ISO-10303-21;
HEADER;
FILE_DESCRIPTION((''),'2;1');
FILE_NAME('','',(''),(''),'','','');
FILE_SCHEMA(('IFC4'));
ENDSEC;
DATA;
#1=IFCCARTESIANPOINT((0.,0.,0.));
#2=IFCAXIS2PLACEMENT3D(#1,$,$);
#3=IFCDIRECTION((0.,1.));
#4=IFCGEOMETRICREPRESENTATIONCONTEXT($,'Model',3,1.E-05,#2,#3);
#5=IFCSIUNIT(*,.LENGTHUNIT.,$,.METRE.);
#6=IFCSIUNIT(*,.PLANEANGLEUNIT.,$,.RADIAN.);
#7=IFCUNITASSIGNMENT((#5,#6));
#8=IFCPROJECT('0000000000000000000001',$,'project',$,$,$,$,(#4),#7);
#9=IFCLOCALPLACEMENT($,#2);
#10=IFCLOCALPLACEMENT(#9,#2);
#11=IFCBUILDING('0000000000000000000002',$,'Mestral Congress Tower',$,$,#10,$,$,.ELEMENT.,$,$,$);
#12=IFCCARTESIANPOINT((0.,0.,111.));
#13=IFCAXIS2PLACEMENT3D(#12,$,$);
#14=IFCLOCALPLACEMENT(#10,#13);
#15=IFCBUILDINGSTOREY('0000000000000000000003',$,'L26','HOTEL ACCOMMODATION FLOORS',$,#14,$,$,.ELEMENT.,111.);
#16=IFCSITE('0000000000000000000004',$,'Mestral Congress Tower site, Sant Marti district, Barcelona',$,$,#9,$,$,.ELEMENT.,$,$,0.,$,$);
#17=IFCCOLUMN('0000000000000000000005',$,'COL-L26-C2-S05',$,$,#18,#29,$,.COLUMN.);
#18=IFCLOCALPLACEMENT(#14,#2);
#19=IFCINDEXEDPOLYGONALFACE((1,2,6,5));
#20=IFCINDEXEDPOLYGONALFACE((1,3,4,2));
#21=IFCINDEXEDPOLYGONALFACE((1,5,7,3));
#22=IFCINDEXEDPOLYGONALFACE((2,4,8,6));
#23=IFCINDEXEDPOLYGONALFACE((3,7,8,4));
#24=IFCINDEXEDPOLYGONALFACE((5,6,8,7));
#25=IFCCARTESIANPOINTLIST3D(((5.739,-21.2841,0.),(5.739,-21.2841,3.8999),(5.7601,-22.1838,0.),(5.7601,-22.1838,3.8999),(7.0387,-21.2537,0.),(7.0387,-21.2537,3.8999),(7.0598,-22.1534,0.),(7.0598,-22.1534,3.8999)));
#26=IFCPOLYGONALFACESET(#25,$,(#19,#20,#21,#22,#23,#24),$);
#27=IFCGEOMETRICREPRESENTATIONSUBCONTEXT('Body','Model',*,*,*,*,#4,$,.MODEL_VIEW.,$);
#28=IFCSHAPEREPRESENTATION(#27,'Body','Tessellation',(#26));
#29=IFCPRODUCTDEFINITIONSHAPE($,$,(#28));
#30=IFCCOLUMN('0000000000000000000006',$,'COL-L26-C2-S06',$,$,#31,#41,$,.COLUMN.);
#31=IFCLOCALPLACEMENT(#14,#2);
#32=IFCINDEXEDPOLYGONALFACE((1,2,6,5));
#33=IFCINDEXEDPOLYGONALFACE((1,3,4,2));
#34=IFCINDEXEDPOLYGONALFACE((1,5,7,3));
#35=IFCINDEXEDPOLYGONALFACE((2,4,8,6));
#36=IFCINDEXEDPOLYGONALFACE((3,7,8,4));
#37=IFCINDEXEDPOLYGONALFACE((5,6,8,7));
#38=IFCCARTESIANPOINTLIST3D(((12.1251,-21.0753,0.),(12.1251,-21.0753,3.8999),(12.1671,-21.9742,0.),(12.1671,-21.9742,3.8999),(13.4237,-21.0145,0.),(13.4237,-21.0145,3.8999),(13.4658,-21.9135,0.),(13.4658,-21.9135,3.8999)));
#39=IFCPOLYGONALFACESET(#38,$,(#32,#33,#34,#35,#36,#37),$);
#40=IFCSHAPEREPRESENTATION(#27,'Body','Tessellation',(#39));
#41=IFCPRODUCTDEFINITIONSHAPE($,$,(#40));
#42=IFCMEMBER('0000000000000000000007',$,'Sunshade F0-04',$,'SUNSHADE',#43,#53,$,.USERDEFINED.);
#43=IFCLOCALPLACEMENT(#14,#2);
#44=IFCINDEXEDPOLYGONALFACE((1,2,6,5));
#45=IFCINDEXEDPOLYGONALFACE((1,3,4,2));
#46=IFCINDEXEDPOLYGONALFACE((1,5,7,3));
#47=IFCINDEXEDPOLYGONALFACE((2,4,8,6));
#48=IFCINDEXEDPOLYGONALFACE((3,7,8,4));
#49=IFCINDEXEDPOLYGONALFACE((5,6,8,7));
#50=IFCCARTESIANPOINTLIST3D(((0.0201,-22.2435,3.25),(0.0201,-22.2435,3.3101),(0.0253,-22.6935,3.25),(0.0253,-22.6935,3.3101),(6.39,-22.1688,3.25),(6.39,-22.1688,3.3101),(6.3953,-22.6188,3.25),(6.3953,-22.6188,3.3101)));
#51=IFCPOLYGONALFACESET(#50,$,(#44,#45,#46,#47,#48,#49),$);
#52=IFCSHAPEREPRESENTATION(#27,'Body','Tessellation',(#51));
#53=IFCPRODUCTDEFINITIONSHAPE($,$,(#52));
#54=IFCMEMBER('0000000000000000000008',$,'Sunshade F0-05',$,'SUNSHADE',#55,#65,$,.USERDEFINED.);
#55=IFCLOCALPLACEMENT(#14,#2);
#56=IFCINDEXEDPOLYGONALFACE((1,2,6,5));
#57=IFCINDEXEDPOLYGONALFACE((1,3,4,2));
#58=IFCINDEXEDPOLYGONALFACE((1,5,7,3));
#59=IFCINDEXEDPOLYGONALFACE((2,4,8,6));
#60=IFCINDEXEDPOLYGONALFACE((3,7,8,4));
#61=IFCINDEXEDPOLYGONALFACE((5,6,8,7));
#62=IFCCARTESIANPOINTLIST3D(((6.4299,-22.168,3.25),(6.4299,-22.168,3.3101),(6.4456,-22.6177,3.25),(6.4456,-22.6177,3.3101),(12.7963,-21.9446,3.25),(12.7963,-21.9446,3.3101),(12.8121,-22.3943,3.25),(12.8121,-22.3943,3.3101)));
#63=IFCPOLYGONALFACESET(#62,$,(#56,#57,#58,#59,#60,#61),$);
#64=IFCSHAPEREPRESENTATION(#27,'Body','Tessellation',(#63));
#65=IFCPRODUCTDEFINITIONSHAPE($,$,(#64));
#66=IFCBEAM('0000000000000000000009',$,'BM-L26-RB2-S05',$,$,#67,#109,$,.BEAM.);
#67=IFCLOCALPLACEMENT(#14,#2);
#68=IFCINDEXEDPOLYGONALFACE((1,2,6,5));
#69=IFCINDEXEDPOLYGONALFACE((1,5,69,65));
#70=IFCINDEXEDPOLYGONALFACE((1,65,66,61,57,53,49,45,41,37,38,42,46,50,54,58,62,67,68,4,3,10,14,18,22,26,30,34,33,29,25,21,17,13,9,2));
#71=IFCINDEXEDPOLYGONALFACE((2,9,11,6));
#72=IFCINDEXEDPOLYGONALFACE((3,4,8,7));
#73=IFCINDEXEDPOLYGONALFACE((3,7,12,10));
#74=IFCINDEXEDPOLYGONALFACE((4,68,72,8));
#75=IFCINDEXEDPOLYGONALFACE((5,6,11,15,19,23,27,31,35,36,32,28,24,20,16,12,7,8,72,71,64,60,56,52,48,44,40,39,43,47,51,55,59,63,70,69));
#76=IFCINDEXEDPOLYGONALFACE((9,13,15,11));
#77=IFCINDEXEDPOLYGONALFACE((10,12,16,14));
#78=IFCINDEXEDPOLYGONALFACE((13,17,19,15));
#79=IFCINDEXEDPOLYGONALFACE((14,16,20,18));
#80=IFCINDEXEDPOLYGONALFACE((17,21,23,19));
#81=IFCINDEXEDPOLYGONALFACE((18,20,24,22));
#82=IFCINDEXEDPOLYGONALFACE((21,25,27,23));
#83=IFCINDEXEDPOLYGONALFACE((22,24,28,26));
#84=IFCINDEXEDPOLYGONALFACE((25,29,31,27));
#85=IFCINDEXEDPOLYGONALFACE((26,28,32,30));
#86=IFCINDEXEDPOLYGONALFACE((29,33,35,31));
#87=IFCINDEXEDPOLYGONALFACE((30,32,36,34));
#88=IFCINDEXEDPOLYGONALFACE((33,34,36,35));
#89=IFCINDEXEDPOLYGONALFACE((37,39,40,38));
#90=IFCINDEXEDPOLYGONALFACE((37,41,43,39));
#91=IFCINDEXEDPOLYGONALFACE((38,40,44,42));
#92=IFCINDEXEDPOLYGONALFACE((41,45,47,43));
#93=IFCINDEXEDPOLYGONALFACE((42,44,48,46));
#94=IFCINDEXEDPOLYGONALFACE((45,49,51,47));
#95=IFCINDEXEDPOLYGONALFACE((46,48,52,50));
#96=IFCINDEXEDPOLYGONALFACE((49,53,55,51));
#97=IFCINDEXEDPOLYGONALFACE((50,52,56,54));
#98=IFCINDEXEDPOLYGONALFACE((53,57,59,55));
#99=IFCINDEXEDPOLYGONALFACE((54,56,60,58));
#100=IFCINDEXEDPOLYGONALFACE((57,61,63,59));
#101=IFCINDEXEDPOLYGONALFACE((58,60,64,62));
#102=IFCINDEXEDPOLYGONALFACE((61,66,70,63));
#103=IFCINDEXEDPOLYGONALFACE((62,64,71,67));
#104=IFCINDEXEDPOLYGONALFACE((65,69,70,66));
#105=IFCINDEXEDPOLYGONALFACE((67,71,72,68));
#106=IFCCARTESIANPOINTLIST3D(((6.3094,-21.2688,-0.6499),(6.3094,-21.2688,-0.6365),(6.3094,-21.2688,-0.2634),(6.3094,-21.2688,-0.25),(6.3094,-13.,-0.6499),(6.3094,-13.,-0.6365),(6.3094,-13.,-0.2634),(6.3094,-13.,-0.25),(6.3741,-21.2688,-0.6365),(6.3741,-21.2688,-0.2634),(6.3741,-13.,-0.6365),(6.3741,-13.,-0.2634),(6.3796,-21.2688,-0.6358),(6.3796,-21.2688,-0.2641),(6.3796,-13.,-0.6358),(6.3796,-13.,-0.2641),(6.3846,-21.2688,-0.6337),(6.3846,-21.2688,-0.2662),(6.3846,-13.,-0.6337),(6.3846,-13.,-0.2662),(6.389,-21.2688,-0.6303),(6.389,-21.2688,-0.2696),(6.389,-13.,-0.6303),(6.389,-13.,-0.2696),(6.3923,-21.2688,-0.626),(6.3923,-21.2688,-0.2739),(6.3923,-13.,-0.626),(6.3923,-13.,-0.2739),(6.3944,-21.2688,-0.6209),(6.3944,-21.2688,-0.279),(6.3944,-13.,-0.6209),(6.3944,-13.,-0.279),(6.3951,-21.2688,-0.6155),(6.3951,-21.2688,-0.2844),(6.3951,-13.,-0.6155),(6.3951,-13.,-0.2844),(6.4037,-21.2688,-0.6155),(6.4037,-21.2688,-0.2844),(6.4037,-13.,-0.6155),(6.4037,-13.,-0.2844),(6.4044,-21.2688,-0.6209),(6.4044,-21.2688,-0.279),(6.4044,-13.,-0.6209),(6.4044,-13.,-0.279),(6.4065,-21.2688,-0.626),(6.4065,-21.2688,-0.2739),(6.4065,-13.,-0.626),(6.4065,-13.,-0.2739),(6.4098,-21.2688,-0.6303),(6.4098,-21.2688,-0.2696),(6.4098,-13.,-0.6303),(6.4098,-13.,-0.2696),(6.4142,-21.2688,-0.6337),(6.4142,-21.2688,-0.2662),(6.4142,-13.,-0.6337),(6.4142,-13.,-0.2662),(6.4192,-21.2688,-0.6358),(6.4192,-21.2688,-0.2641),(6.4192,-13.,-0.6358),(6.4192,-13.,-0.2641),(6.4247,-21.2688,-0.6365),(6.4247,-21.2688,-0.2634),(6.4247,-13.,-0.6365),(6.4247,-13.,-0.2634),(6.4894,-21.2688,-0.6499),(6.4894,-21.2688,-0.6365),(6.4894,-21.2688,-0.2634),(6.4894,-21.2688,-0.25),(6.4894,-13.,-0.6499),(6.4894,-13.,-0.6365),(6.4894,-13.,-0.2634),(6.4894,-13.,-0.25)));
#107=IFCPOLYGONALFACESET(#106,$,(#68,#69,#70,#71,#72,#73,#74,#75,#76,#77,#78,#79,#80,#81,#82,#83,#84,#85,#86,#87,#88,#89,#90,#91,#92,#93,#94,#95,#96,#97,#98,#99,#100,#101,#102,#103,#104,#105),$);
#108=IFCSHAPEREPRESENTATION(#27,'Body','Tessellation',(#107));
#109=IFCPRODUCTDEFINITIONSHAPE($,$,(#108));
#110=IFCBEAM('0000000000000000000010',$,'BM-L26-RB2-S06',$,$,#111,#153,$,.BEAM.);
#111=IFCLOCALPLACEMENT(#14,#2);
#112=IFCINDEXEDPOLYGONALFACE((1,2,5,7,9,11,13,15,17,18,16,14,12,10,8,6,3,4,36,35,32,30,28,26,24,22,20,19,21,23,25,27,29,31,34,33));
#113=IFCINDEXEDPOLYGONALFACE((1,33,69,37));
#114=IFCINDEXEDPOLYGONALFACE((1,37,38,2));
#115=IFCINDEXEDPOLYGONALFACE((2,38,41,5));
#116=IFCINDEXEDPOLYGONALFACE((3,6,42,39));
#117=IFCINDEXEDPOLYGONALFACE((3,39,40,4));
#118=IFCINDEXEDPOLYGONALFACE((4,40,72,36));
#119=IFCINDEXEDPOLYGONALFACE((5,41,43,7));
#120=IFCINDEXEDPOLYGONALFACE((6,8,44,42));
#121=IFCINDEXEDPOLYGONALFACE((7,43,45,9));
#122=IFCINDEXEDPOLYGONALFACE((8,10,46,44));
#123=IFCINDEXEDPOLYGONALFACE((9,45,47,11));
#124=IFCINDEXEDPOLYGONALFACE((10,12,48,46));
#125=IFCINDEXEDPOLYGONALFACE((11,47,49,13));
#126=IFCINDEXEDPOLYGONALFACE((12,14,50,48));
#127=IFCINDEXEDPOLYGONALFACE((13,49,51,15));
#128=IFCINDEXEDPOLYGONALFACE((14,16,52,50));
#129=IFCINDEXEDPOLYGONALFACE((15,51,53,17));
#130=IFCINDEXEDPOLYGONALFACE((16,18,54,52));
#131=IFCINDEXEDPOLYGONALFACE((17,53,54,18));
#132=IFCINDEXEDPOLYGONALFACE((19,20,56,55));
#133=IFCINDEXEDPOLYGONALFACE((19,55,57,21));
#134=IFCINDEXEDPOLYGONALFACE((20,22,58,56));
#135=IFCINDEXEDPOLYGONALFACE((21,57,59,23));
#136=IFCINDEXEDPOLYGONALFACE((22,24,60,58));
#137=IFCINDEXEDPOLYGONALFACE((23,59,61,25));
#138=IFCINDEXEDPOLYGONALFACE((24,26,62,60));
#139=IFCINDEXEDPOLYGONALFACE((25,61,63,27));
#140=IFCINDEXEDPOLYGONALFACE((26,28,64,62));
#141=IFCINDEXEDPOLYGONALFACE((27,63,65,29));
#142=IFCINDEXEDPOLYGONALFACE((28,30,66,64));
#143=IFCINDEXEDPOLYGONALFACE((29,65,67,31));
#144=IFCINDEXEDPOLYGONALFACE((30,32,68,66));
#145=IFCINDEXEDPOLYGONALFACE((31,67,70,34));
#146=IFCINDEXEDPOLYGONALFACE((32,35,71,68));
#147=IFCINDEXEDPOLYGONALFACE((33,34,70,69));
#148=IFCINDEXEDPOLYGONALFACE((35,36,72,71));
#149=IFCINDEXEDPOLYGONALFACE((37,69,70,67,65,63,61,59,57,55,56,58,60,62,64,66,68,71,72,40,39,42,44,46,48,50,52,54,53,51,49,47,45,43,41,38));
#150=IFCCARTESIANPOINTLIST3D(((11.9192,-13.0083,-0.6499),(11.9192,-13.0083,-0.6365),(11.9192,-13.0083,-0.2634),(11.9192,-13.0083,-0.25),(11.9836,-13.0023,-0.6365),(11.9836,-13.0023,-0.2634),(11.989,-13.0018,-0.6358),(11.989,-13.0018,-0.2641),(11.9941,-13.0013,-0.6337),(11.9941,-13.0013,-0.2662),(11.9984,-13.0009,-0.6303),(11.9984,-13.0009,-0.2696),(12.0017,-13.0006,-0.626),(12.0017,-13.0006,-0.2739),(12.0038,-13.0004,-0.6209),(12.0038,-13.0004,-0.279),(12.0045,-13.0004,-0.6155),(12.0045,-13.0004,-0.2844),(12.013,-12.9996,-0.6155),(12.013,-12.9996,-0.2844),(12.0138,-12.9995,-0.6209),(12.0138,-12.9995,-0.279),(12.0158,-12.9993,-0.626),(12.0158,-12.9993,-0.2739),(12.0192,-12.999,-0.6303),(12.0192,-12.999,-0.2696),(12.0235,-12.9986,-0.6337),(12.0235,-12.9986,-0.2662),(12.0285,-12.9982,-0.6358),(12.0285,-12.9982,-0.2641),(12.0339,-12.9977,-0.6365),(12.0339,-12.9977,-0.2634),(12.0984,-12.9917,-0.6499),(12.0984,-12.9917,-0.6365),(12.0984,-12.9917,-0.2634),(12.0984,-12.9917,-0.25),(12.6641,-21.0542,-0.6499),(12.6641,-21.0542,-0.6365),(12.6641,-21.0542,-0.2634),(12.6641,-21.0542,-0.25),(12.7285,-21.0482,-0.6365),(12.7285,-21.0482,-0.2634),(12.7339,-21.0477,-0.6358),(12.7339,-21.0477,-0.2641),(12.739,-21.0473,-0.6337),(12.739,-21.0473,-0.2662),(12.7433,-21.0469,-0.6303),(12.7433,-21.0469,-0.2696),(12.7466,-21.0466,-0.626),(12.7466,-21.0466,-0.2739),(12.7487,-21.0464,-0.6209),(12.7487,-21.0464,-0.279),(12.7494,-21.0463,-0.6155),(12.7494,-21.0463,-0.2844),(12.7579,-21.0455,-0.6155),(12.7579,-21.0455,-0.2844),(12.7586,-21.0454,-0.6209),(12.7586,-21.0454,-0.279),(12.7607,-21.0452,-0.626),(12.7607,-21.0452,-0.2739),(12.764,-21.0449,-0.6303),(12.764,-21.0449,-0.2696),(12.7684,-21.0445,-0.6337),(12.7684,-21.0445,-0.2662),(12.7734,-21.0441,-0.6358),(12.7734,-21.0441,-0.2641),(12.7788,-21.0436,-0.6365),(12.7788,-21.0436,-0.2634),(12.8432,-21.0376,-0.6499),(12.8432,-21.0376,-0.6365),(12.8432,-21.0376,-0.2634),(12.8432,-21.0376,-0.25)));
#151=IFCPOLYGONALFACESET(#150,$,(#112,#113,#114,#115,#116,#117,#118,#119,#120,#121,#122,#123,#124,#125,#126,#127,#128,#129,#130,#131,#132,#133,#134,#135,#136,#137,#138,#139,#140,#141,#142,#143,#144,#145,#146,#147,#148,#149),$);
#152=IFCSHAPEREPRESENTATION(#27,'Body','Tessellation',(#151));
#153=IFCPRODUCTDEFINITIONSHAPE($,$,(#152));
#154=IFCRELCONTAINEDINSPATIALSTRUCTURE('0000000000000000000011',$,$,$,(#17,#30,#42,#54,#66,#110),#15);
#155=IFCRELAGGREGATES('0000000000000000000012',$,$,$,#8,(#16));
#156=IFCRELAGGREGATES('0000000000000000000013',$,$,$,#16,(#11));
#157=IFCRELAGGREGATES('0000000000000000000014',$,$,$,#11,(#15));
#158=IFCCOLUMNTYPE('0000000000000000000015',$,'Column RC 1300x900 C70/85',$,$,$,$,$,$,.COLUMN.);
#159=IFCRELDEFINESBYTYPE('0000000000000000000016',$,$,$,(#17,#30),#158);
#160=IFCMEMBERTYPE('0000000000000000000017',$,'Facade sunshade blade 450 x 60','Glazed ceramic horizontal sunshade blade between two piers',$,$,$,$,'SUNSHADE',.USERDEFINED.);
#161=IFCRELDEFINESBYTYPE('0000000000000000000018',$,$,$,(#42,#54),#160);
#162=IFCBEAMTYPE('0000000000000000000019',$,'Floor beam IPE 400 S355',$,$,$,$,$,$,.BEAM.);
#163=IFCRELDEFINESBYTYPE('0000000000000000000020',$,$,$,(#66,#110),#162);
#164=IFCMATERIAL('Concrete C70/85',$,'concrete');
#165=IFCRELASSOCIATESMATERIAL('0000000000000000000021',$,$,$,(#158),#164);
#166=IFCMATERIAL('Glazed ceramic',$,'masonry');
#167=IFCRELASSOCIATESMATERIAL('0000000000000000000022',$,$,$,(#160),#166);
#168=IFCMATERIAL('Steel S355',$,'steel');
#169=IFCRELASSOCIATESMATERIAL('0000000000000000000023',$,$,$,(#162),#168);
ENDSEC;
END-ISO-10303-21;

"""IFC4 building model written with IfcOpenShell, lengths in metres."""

from ifc_helpers import new_model, si_unit, direction, frame, origin, origin_2d, place, context, subcontext, project, spatial, rectangle, i_section, extrude, material, material_profile, profile_set, type_object, element, save


model = new_model("IFC4")

# Units and contexts
model_context = context("Model", 3, precision=1e-05, world=origin(), true_north=direction((0.0, 1.0)))
body_context = subcontext(model_context, "Body", "Model", "MODEL_VIEW")
ifc_project = project(units=[si_unit("LENGTHUNIT", "METRE"), si_unit("PLANEANGLEUNIT", "RADIAN")], contexts=[model_context])

# Site, building, storey
site_placement = place(None, origin())
site = spatial("IfcSite", under=ifc_project, at=site_placement, Name="Mestral Congress Tower site, Sant Marti district, Barcelona", CompositionType="ELEMENT", RefElevation=0.0)
building_placement = place(site_placement, origin())
building = spatial("IfcBuilding", under=site, at=building_placement, Name="Mestral Congress Tower", CompositionType="ELEMENT")
storey_placement = place(building_placement, frame((0.0, 0.0, 111.0)))
storey = spatial("IfcBuildingStorey", under=building, at=storey_placement, Name="L26", Description="HOTEL ACCOMMODATION FLOORS", CompositionType="ELEMENT", Elevation=111.0)

# Columns
ifc_material_1 = material(Name="Concrete C70/85", Category="concrete")
ifc_material_profile_1 = material_profile(ifc_material_1, rectangle(XDim=1.3, YDim=0.8999, at=origin_2d()), Name="RC 1300x900")
ifc_profile_set_1 = profile_set([ifc_material_profile_1], Name="Concrete C70/85")
column_type = type_object("IfcColumnType", Name="Column RC 1300x900 C70/85", PredefinedType="COLUMN", material=ifc_profile_set_1)
for number, where, z_axis, x_axis, name in (
    (1, (6.3994, -21.7188, 0.0), (0.0, 0.0, 1.0), (0.999727, 0.023384, 0.0), "COL-L26-C2-S05"),
    (2, (12.7954, -21.4944, 0.0), (0.0, 0.0, 1.0), (0.998906, 0.046756, 0.0), "COL-L26-C2-S06"),
):
    element("IfcColumn", number, at=place(storey_placement, frame(where, z_axis=z_axis, x_axis=x_axis)), inside=storey, type_object=column_type, Name=name, PredefinedType="COLUMN", context=body_context, shape_type="SweptSolid", body=[
        extrude(rectangle(XDim=1.3, YDim=0.8999, at=origin_2d()), origin(), (0.0, 0.0, 1.0), 3.8999),
    ])

# Members
ifc_material_2 = material(Name="Glazed ceramic", Category="masonry")
ifc_material_profile_2 = material_profile(ifc_material_2, rectangle(XDim=0.45, YDim=0.0601, at=origin_2d()), Name="Ceramic blade 450 x 60")
ifc_profile_set_2 = profile_set([ifc_material_profile_2], Name="Glazed ceramic")
member_type = type_object("IfcMemberType", Name="Facade sunshade blade 450 x 60", Description="Glazed ceramic horizontal sunshade blade between two piers", ElementType="SUNSHADE", PredefinedType="USERDEFINED", material=ifc_profile_set_2)
for number, where, z_axis, x_axis, name in (
    (3, (0.0227, -22.4685, 3.28), (0.999931, 0.011727, 0.0), (-0.011727, 0.999931, 0.0), "Sunshade F0-04"),
    (4, (6.4377, -22.3928, 3.28), (0.999385, 0.035067, 0.0), (-0.035067, 0.999385, 0.0), "Sunshade F0-05"),
):
    element("IfcMember", number, at=place(storey_placement, frame(where, z_axis=z_axis, x_axis=x_axis)), inside=storey, type_object=member_type, Name=name, ObjectType="SUNSHADE", PredefinedType="USERDEFINED", context=body_context, shape_type="SweptSolid", body=[
        extrude(rectangle(XDim=0.45, YDim=0.0601, at=origin_2d()), origin(), (0.0, 0.0, 1.0), 6.3704),
    ])

# Beams
ifc_material_3 = material(Name="Steel S355", Category="steel")
ifc_material_profile_3 = material_profile(ifc_material_3, i_section(OverallWidth=0.1799, OverallDepth=0.3999, WebThickness=0.0085, FlangeThickness=0.0134, FilletRadius=0.021, at=origin_2d()), Name="IPE 400")
ifc_profile_set_3 = profile_set([ifc_material_profile_3], Name="Steel S355")
beam_type_1 = type_object("IfcBeamType", Name="Floor beam IPE 400 S355", PredefinedType="BEAM", material=ifc_profile_set_3)
beam_1_placement = place(storey_placement, frame((6.3994, -21.2688, -0.45), z_axis=(0.0, 1.0, 0.0), x_axis=(-1.0, 0.0, 0.0)))
element("IfcBeam", 5, at=beam_1_placement, inside=storey, type_object=beam_type_1, Name="BM-L26-RB2-S05", PredefinedType="BEAM", context=body_context, shape_type="SweptSolid", body=[
    extrude(i_section(OverallWidth=0.1799, OverallDepth=0.3999, WebThickness=0.0085, FlangeThickness=0.0134, FilletRadius=0.021, at=origin_2d()), origin(), (0.0, 0.0, 1.0), 8.2688),
])
beam_2_placement = place(storey_placement, frame((12.7537, -21.0459, -0.45), z_axis=(-0.092184, 0.995742, 0.0), x_axis=(-0.995742, -0.092184, 0.0)))
element("IfcBeam", 6, at=beam_2_placement, inside=storey, type_object=beam_type_1, Name="BM-L26-RB2-S06", PredefinedType="BEAM", context=body_context, shape_type="SweptSolid", body=[
    extrude(i_section(OverallWidth=0.1799, OverallDepth=0.3999, WebThickness=0.0085, FlangeThickness=0.0134, FilletRadius=0.021, at=origin_2d()), origin(), (0.0, 0.0, 1.0), 8.0803),
])

save(model, "model.ifc")
